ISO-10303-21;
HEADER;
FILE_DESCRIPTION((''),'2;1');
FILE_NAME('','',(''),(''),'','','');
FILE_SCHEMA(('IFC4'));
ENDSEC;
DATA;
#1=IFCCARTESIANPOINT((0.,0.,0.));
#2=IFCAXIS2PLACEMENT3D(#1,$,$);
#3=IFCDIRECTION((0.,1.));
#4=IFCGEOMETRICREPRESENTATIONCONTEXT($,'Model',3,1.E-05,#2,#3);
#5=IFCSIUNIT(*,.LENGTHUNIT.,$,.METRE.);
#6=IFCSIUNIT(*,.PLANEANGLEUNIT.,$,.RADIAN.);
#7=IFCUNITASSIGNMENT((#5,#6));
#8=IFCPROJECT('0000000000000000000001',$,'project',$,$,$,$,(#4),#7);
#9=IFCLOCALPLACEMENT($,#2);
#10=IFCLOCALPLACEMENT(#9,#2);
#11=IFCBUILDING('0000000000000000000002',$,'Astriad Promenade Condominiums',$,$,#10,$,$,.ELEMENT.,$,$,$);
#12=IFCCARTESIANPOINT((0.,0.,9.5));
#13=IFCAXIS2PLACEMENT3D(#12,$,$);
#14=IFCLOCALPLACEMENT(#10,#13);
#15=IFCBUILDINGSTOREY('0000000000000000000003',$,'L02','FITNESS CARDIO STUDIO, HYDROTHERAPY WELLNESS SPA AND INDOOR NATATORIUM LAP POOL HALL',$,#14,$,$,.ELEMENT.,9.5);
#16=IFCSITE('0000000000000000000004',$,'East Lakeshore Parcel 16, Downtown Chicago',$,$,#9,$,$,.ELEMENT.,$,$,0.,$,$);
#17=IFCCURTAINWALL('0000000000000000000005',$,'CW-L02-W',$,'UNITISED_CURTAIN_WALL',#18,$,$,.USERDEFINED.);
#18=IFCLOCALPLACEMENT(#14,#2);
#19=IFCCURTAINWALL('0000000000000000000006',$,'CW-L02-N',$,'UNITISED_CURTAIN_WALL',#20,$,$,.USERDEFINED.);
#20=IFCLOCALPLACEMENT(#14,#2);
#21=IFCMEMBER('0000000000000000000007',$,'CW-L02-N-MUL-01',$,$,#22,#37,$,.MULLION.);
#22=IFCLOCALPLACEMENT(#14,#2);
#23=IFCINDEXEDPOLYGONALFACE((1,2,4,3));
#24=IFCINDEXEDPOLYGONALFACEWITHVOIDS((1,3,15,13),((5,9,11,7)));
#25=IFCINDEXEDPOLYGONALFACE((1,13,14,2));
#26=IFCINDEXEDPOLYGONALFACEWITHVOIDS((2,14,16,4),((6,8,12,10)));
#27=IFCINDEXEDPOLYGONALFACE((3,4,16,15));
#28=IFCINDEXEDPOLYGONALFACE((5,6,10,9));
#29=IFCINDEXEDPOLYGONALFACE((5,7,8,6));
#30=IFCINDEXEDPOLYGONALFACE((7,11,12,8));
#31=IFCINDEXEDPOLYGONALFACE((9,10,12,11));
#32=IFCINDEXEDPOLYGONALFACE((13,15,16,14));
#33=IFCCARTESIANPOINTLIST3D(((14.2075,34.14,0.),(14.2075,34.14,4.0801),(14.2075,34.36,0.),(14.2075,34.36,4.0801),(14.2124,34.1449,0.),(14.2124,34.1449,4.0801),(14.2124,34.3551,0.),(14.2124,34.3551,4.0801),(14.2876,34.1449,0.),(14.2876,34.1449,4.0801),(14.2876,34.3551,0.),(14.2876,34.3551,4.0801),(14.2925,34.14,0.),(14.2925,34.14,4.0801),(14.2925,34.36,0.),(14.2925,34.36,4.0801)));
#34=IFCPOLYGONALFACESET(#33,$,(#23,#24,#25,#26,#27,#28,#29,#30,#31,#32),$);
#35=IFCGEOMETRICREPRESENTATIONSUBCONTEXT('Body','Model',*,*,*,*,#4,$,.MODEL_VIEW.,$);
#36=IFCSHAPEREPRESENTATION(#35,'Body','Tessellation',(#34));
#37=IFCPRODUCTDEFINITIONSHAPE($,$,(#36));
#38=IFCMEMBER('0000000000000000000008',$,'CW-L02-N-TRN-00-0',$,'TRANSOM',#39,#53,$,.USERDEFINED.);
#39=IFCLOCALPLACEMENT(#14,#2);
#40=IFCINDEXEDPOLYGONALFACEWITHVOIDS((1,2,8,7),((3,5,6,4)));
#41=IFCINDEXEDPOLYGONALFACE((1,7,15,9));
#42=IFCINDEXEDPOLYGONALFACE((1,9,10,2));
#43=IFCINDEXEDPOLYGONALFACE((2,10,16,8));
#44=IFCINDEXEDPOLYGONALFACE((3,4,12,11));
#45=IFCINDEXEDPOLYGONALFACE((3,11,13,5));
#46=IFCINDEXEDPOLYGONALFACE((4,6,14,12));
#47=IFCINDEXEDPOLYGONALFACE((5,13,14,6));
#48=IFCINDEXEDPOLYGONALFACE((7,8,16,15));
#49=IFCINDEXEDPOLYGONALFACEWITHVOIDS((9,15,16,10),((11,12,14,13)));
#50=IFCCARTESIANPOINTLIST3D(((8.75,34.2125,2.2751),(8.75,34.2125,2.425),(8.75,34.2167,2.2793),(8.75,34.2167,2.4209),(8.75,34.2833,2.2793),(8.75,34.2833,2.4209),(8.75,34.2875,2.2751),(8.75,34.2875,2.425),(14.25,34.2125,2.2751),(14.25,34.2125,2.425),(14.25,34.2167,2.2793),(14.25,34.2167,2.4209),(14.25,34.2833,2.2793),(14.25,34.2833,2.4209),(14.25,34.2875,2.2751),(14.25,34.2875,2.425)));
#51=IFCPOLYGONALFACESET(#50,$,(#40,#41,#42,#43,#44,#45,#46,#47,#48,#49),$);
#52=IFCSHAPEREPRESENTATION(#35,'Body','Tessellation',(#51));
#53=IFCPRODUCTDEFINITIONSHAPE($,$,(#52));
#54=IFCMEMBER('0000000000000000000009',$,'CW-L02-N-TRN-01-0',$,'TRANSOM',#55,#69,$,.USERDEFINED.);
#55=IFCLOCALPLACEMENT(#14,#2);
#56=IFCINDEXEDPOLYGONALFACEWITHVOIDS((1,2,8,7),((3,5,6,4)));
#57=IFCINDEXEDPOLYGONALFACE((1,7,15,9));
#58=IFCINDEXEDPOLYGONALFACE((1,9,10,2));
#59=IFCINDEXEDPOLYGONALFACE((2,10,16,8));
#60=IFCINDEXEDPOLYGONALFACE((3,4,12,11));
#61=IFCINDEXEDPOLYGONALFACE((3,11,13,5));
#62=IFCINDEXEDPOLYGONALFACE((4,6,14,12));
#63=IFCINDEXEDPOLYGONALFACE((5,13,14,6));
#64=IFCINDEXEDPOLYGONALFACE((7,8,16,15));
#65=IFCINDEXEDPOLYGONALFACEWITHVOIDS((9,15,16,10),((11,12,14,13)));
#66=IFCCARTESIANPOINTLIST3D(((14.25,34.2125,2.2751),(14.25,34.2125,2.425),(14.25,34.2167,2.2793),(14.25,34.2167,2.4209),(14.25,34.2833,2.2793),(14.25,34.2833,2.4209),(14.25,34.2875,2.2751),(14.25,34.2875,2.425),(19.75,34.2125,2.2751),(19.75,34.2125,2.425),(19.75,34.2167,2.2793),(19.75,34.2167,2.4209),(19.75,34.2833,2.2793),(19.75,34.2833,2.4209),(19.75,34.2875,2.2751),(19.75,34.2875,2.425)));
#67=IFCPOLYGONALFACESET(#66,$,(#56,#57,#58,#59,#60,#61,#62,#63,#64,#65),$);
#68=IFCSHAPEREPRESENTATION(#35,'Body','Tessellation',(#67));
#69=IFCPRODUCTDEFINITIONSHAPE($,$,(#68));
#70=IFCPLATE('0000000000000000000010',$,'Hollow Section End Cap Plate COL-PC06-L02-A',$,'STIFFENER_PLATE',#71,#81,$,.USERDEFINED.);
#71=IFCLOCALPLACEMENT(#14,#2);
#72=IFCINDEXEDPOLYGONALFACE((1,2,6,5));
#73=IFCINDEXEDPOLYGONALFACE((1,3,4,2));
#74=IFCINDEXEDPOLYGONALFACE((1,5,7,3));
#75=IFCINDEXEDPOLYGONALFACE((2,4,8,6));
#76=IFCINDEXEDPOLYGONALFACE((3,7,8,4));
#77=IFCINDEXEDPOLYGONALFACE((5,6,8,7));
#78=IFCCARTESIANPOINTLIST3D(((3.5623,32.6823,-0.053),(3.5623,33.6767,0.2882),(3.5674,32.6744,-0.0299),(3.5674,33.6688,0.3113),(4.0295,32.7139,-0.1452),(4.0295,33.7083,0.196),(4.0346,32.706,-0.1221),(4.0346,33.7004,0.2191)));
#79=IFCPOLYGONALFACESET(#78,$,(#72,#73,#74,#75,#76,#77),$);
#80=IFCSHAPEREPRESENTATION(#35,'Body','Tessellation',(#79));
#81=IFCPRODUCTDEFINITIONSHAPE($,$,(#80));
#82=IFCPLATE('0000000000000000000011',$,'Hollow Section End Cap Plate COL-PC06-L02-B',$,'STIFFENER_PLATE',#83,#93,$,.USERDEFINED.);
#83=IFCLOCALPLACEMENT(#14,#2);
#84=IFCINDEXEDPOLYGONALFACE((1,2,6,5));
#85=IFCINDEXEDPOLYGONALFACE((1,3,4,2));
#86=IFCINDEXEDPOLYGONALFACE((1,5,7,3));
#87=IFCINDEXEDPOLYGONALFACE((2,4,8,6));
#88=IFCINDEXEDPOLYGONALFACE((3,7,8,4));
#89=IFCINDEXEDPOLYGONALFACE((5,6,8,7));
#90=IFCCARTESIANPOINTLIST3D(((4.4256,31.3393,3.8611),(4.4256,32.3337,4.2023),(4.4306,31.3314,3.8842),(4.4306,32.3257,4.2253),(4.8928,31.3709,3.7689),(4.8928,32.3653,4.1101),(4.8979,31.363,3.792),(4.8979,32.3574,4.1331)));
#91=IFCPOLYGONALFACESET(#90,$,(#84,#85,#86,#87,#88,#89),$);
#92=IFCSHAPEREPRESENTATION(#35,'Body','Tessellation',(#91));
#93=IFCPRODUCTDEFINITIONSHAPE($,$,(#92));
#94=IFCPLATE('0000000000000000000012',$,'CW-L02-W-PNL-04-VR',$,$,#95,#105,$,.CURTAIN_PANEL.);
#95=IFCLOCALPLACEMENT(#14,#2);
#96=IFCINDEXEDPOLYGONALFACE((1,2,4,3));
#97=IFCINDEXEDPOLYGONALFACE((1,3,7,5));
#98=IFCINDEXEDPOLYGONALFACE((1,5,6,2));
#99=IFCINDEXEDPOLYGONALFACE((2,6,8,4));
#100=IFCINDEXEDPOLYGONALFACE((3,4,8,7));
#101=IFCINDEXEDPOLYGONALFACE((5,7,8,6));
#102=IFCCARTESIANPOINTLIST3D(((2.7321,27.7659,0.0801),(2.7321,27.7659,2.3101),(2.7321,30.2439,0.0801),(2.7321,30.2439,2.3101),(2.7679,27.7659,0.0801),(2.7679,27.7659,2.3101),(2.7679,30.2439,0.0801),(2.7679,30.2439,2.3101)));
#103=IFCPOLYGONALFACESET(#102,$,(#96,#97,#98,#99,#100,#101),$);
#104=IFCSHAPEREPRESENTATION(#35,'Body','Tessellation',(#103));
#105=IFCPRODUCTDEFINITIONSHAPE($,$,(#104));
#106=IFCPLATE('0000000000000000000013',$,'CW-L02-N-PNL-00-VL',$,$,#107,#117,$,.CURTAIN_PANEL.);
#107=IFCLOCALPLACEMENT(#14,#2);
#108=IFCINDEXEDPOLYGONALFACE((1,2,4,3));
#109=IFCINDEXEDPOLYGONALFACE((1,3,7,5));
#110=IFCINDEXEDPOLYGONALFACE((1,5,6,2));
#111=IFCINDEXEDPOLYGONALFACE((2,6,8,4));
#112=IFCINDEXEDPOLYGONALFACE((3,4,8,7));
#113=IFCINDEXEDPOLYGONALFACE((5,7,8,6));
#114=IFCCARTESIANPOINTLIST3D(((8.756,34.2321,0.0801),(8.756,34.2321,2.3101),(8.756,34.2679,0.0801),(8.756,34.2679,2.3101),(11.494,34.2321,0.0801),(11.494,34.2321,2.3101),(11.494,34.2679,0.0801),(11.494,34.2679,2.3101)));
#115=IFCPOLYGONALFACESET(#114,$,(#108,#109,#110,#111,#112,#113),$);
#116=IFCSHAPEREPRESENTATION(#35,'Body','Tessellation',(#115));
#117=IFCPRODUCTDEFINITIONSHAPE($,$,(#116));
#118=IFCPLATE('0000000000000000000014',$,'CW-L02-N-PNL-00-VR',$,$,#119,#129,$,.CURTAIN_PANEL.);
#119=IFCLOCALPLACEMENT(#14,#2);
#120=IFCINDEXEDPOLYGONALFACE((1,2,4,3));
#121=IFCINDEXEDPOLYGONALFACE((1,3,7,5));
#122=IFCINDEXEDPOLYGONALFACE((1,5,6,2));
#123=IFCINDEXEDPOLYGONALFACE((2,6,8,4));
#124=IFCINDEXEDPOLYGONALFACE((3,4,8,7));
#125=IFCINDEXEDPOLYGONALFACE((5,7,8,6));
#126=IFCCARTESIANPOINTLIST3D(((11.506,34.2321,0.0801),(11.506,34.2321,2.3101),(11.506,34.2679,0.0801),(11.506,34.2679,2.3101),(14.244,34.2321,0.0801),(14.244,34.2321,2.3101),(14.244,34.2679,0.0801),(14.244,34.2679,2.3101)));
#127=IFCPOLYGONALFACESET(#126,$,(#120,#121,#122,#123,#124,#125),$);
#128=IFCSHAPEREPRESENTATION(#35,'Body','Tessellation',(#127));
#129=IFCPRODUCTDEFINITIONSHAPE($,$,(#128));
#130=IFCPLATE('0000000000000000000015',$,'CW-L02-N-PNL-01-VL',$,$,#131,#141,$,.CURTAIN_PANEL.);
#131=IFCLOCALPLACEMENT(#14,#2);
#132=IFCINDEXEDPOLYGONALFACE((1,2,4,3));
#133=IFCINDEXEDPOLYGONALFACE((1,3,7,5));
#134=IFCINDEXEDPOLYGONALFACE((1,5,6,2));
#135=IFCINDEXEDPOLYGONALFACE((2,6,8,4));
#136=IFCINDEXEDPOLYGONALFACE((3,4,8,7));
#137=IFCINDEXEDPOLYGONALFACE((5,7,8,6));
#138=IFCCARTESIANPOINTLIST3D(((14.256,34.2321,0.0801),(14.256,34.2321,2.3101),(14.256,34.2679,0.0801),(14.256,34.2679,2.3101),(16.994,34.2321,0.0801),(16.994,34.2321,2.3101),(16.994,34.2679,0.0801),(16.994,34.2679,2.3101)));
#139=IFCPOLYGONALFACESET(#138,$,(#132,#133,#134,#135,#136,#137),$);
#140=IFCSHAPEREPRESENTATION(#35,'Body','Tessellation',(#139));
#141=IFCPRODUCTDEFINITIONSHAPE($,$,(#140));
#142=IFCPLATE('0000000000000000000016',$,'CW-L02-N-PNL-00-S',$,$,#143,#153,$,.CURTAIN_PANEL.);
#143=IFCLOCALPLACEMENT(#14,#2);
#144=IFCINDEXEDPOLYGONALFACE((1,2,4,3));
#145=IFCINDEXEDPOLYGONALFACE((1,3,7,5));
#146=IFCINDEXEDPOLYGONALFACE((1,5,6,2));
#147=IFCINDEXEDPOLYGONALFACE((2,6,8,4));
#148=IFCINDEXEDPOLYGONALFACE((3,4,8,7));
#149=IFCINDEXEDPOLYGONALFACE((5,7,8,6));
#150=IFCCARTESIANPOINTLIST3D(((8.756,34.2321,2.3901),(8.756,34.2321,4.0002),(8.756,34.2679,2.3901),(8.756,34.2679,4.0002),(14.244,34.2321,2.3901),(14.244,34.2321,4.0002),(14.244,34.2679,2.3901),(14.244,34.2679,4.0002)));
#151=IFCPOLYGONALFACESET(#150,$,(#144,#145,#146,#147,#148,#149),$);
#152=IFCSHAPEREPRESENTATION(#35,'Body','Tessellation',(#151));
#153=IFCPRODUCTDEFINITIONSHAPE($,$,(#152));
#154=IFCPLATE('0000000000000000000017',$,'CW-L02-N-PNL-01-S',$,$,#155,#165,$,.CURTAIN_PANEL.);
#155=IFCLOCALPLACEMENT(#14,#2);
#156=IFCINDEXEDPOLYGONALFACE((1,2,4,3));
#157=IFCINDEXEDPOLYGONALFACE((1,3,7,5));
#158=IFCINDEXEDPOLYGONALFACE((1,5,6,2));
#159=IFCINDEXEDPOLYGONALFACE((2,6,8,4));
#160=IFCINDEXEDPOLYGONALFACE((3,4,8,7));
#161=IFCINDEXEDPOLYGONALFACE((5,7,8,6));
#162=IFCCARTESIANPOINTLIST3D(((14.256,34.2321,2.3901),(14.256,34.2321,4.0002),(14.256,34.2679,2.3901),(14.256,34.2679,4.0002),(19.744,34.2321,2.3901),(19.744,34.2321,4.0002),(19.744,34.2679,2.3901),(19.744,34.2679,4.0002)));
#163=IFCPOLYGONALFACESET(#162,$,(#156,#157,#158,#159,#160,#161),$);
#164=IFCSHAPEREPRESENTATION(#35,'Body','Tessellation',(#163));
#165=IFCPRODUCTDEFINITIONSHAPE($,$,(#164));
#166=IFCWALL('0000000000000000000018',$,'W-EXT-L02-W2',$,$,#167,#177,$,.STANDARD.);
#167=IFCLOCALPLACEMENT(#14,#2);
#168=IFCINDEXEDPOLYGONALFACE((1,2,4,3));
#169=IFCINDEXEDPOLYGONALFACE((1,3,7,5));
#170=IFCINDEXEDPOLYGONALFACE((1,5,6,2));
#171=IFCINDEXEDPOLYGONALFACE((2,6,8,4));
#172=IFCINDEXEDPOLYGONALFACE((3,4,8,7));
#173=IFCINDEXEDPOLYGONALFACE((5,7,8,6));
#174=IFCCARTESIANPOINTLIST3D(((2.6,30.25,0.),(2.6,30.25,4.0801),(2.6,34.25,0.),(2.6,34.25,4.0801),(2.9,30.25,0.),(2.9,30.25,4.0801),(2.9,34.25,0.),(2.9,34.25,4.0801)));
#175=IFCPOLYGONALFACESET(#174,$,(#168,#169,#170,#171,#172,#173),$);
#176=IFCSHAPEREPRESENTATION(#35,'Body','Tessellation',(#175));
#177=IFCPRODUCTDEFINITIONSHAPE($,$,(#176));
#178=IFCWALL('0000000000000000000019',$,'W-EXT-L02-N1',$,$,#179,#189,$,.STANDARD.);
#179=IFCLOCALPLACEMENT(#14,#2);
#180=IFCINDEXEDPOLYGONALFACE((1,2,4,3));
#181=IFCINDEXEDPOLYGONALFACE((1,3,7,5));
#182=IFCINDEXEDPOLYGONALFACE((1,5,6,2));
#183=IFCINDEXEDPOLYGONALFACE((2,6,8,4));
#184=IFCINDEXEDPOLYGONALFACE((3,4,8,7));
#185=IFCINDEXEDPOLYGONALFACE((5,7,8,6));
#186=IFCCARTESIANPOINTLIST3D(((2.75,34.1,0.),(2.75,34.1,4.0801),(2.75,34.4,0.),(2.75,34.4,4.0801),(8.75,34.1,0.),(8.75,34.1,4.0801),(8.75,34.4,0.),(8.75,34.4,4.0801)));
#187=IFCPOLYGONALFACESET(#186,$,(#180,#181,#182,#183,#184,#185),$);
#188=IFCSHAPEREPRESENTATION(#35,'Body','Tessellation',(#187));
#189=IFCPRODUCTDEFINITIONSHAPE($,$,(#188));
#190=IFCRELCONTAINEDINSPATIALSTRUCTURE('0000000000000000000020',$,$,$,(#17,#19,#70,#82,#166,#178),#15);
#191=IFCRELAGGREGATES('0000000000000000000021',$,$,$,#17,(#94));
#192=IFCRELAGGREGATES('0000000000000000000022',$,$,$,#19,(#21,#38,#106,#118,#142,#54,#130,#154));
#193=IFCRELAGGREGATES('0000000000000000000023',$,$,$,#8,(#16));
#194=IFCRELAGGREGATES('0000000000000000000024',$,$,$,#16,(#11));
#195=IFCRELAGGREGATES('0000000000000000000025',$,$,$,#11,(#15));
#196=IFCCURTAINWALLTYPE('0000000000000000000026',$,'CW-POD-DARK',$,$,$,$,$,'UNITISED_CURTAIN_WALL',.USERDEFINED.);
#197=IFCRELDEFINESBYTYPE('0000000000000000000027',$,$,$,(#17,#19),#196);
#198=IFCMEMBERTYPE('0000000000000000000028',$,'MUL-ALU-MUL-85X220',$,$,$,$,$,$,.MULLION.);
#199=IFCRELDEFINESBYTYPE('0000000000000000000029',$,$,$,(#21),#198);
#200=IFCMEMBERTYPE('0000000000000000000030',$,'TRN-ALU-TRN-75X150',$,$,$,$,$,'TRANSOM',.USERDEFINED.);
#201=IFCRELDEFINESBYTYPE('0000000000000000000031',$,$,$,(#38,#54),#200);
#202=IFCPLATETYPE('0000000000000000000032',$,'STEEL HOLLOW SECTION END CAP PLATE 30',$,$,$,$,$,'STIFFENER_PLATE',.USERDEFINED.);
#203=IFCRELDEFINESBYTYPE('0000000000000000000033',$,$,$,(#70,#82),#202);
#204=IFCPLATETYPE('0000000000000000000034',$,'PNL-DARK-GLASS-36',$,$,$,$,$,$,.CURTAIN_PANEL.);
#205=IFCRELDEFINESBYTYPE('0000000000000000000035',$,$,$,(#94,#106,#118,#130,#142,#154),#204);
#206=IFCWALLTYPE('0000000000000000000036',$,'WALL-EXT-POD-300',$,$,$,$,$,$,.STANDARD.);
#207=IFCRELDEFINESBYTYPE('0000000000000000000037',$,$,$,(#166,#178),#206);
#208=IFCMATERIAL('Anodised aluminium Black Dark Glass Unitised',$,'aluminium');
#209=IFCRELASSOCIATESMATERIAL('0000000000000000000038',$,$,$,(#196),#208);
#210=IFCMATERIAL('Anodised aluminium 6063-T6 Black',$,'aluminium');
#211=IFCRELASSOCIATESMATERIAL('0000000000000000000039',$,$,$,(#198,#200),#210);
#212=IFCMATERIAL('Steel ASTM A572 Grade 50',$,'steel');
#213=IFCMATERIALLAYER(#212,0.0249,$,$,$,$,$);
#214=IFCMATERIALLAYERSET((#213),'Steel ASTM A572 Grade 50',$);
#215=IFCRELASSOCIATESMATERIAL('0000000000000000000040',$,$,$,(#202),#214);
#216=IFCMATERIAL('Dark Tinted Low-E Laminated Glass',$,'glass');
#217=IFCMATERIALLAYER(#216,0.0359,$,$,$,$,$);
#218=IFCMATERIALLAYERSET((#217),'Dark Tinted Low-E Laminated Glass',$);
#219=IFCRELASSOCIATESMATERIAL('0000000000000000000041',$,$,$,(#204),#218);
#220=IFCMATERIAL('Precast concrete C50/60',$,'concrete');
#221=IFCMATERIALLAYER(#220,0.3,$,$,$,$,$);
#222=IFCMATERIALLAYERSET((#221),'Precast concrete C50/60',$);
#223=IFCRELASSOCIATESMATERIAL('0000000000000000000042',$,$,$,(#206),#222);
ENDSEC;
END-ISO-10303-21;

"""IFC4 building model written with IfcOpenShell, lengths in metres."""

from ifc_helpers import new_model, si_unit, direction, frame, frame_2d, origin, origin_2d, place, context, subcontext, project, spatial, rectangle, hollow_rectangle, extrude, source, transform, mapped, material, layer, layer_set, material_profile, profile_set, type_object, type_shapes, element, aggregate, save


model = new_model("IFC4")

# Units and contexts
model_context = context("Model", 3, precision=1e-05, world=origin(), true_north=direction((0.0, 1.0)))
body_context = subcontext(model_context, "Body", "Model", "MODEL_VIEW")
ifc_project = project(units=[si_unit("LENGTHUNIT", "METRE"), si_unit("PLANEANGLEUNIT", "RADIAN")], contexts=[model_context])

# Site, building, storey
site_placement = place(None, origin())
site = spatial("IfcSite", under=ifc_project, at=site_placement, Name="East Lakeshore Parcel 16, Downtown Chicago", CompositionType="ELEMENT", RefElevation=0.0)
building_placement = place(site_placement, origin())
building = spatial("IfcBuilding", under=site, at=building_placement, Name="Astriad Promenade Condominiums", CompositionType="ELEMENT")
storey_placement = place(building_placement, frame((0.0, 0.0, 9.5)))
storey = spatial("IfcBuildingStorey", under=building, at=storey_placement, Name="L02", Description="FITNESS CARDIO STUDIO, HYDROTHERAPY WELLNESS SPA AND INDOOR NATATORIUM LAP POOL HALL", CompositionType="ELEMENT", Elevation=9.5)

# Curtain wall
ifc_material_1 = material(Name="Anodised aluminium Black Dark Glass Unitised", Category="aluminium")
curtain_wall_type = type_object("IfcCurtainWallType", Name="CW-POD-DARK", ElementType="UNITISED_CURTAIN_WALL", PredefinedType="USERDEFINED", material=ifc_material_1)
curtain_wall_1_placement = place(storey_placement, origin())
curtain_wall_1 = element("IfcCurtainWall", 1, at=curtain_wall_1_placement, inside=storey, type_object=curtain_wall_type, Name="CW-L02-W", ObjectType="UNITISED_CURTAIN_WALL", PredefinedType="USERDEFINED")
ifc_material_2 = material(Name="Anodised aluminium 6063-T6 Black", Category="aluminium")
ifc_material_profile_1 = material_profile(ifc_material_2, hollow_rectangle(XDim=0.085, YDim=0.22, WallThickness=0.0049, at=origin_2d()), Name="ALU-MUL-85X220")
ifc_profile_set_1 = profile_set([ifc_material_profile_1], Name="Anodised aluminium 6063-T6 Black")
member_type_1 = type_object("IfcMemberType", Name="MUL-ALU-MUL-85X220", PredefinedType="MULLION", material=ifc_profile_set_1)
shared_shape_1 = source(origin(), body_context, "Body", "SweptSolid", [
    extrude(hollow_rectangle(XDim=0.085, YDim=0.22, WallThickness=0.0049, at=origin_2d()), origin(), (0.0, 0.0, 1.0), 4.0801),
])
type_shapes(member_type_1, [shared_shape_1])

# Curtain wall, members
curtain_wall_2_placement = place(storey_placement, origin())
curtain_wall_2 = element("IfcCurtainWall", 2, at=curtain_wall_2_placement, inside=storey, type_object=curtain_wall_type, Name="CW-L02-N", ObjectType="UNITISED_CURTAIN_WALL", PredefinedType="USERDEFINED")
member_1_placement = place(storey_placement, frame((14.25, 34.25, 0.0), z_axis=(0.0, 0.0, 1.0), x_axis=(1.0, 0.0, 0.0)))
member_1 = element("IfcMember", 3, at=member_1_placement, type_object=member_type_1, Name="CW-L02-N-MUL-01", PredefinedType="MULLION", context=body_context, shape_type="MappedRepresentation", body=[
    mapped(shared_shape_1, transform((0.0, 0.0, 0.0), scale=1.0)),
])
ifc_material_profile_2 = material_profile(ifc_material_2, hollow_rectangle(XDim=0.075, YDim=0.1499, WallThickness=0.0042, at=origin_2d()), Name="ALU-TRN-75X150")
ifc_profile_set_2 = profile_set([ifc_material_profile_2], Name="Anodised aluminium 6063-T6 Black")
member_type_2 = type_object("IfcMemberType", Name="TRN-ALU-TRN-75X150", ElementType="TRANSOM", PredefinedType="USERDEFINED", material=ifc_profile_set_2)
shared_shape_2 = source(origin(), body_context, "Body", "SweptSolid", [
    extrude(hollow_rectangle(XDim=0.075, YDim=0.1499, WallThickness=0.0042, at=origin_2d()), origin(), (0.0, 0.0, 1.0), 5.5),
])
type_shapes(member_type_2, [shared_shape_2])
member_2_placement = place(storey_placement, frame((8.75, 34.25, 2.3501), z_axis=(1.0, 0.0, 0.0), x_axis=(0.0, 1.0, 0.0)))
member_2 = element("IfcMember", 4, at=member_2_placement, type_object=member_type_2, Name="CW-L02-N-TRN-00-0", ObjectType="TRANSOM", PredefinedType="USERDEFINED", context=body_context, shape_type="MappedRepresentation", body=[
    mapped(shared_shape_2, transform((0.0, 0.0, 0.0), scale=1.0)),
])
member_3_placement = place(storey_placement, frame((14.25, 34.25, 2.3501), z_axis=(1.0, 0.0, 0.0), x_axis=(0.0, 1.0, 0.0)))
member_3 = element("IfcMember", 5, at=member_3_placement, type_object=member_type_2, Name="CW-L02-N-TRN-01-0", ObjectType="TRANSOM", PredefinedType="USERDEFINED", context=body_context, shape_type="MappedRepresentation", body=[
    mapped(shared_shape_2, transform((0.0, 0.0, 0.0), scale=1.0)),
])

# Plates
ifc_material_3 = material(Name="Steel ASTM A572 Grade 50", Category="steel")
ifc_layer_1 = layer(ifc_material_3, 0.0249)
ifc_layer_set_1 = layer_set([ifc_layer_1], Name="Steel ASTM A572 Grade 50")
plate_type_1 = type_object("IfcPlateType", Name="STEEL HOLLOW SECTION END CAP PLATE 30", ElementType="STIFFENER_PLATE", PredefinedType="USERDEFINED", material=ifc_layer_set_1)
shared_shape_3 = source(origin(), body_context, "Body", "SweptSolid", [
    extrude(rectangle(XDim=0.4773, YDim=1.0513, at=origin_2d()), origin(), (0.0, 0.0, 1.0), 0.0249),
])
type_shapes(plate_type_1, [shared_shape_3])
for number, where, z_axis, x_axis, name in (
    (6, (3.7959, 33.1953, 0.0715), (0.204235, -0.317704, 0.925933), (1.0, 0.0, 0.0), "Hollow Section End Cap Plate COL-PC06-L02-A"),
    (7, (4.6592, 31.8523, 3.9856), (0.204235, -0.317704, 0.925933), (1.0, 0.0, 0.0), "Hollow Section End Cap Plate COL-PC06-L02-B"),
):
    element("IfcPlate", number, at=place(storey_placement, frame(where, z_axis=z_axis, x_axis=x_axis)), inside=storey, type_object=plate_type_1, Name=name, ObjectType="STIFFENER_PLATE", PredefinedType="USERDEFINED", context=body_context, shape_type="MappedRepresentation", body=[
        mapped(shared_shape_3, transform((0.0, 0.0, 0.0), scale=1.0)),
    ])

# Plates
ifc_material_4 = material(Name="Dark Tinted Low-E Laminated Glass", Category="glass")
ifc_layer_2 = layer(ifc_material_4, 0.0359)
ifc_layer_set_2 = layer_set([ifc_layer_2], Name="Dark Tinted Low-E Laminated Glass")
plate_type_2 = type_object("IfcPlateType", Name="PNL-DARK-GLASS-36", PredefinedType="CURTAIN_PANEL", material=ifc_layer_set_2)
shared_shape_4 = source(origin(), body_context, "Body", "SweptSolid", [
    extrude(rectangle(XDim=2.478, YDim=0.0359, at=origin_2d()), origin(), (0.0, 0.0, 1.0), 2.23),
])
plate_1_placement = place(storey_placement, frame((2.75, 29.0049, 0.0801), z_axis=(0.0, 0.0, 1.0), x_axis=(0.0, 1.0, 0.0)))
plate_1 = element("IfcPlate", 8, at=plate_1_placement, type_object=plate_type_2, Name="CW-L02-W-PNL-04-VR", PredefinedType="CURTAIN_PANEL", context=body_context, shape_type="MappedRepresentation", body=[
    mapped(shared_shape_4, transform((0.0, 0.0, 0.0), scale=1.0)),
])
aggregate(curtain_wall_1, [plate_1])
shared_shape_5 = source(origin(), body_context, "Body", "SweptSolid", [
    extrude(rectangle(XDim=2.738, YDim=0.0359, at=origin_2d()), origin(), (0.0, 0.0, 1.0), 2.23),
])
plate_2_placement = place(storey_placement, frame((10.125, 34.25, 0.0801), z_axis=(0.0, 0.0, 1.0), x_axis=(1.0, 0.0, 0.0)))
plate_2 = element("IfcPlate", 9, at=plate_2_placement, type_object=plate_type_2, Name="CW-L02-N-PNL-00-VL", PredefinedType="CURTAIN_PANEL", context=body_context, shape_type="MappedRepresentation", body=[
    mapped(shared_shape_5, transform((0.0, 0.0, 0.0), scale=1.0)),
])
plate_3_placement = place(storey_placement, frame((12.875, 34.25, 0.0801), z_axis=(0.0, 0.0, 1.0), x_axis=(1.0, 0.0, 0.0)))
plate_3 = element("IfcPlate", 10, at=plate_3_placement, type_object=plate_type_2, Name="CW-L02-N-PNL-00-VR", PredefinedType="CURTAIN_PANEL", context=body_context, shape_type="MappedRepresentation", body=[
    mapped(shared_shape_5, transform((0.0, 0.0, 0.0), scale=1.0)),
])
plate_4_placement = place(storey_placement, frame((15.625, 34.25, 0.0801), z_axis=(0.0, 0.0, 1.0), x_axis=(1.0, 0.0, 0.0)))
plate_4 = element("IfcPlate", 11, at=plate_4_placement, type_object=plate_type_2, Name="CW-L02-N-PNL-01-VL", PredefinedType="CURTAIN_PANEL", context=body_context, shape_type="MappedRepresentation", body=[
    mapped(shared_shape_5, transform((0.0, 0.0, 0.0), scale=1.0)),
])
shared_shape_6 = source(origin(), body_context, "Body", "SweptSolid", [
    extrude(rectangle(XDim=5.488, YDim=0.0359, at=origin_2d()), origin(), (0.0, 0.0, 1.0), 1.6101),
])
type_shapes(plate_type_2, [shared_shape_4, shared_shape_5, shared_shape_6])
plate_5_placement = place(storey_placement, frame((11.5, 34.25, 2.3901), z_axis=(0.0, 0.0, 1.0), x_axis=(1.0, 0.0, 0.0)))
plate_5 = element("IfcPlate", 12, at=plate_5_placement, type_object=plate_type_2, Name="CW-L02-N-PNL-00-S", PredefinedType="CURTAIN_PANEL", context=body_context, shape_type="MappedRepresentation", body=[
    mapped(shared_shape_6, transform((0.0, 0.0, 0.0), scale=1.0)),
])
plate_6_placement = place(storey_placement, frame((17.0, 34.25, 2.3901), z_axis=(0.0, 0.0, 1.0), x_axis=(1.0, 0.0, 0.0)))
plate_6 = element("IfcPlate", 13, at=plate_6_placement, type_object=plate_type_2, Name="CW-L02-N-PNL-01-S", PredefinedType="CURTAIN_PANEL", context=body_context, shape_type="MappedRepresentation", body=[
    mapped(shared_shape_6, transform((0.0, 0.0, 0.0), scale=1.0)),
])
aggregate(curtain_wall_2, [member_1, member_2, plate_2, plate_3, plate_5, member_3, plate_4, plate_6])

# Walls
ifc_material_5 = material(Name="Precast concrete C50/60", Category="concrete")
ifc_layer_3 = layer(ifc_material_5, 0.3)
ifc_layer_set_3 = layer_set([ifc_layer_3], Name="Precast concrete C50/60")
wall_type_1 = type_object("IfcWallType", Name="WALL-EXT-POD-300", PredefinedType="STANDARD", material=ifc_layer_set_3)
wall_1_placement = place(storey_placement, frame((2.75, 30.25, 0.0), z_axis=(0.0, 0.0, 1.0), x_axis=(0.0, 1.0, 0.0)))
element("IfcWall", 14, at=wall_1_placement, inside=storey, type_object=wall_type_1, Name="W-EXT-L02-W2", PredefinedType="STANDARD", context=body_context, shape_type="SweptSolid", body=[
    extrude(rectangle(XDim=4.0, YDim=0.3, at=frame_2d((2.0, 0.0))), origin(), (0.0, 0.0, 1.0), 4.0801),
])
wall_2_placement = place(storey_placement, frame((2.75, 34.25, 0.0), z_axis=(0.0, 0.0, 1.0), x_axis=(1.0, 0.0, 0.0)))
element("IfcWall", 15, at=wall_2_placement, inside=storey, type_object=wall_type_1, Name="W-EXT-L02-N1", PredefinedType="STANDARD", context=body_context, shape_type="SweptSolid", body=[
    extrude(rectangle(XDim=6.0, YDim=0.3, at=frame_2d((3.0, 0.0))), origin(), (0.0, 0.0, 1.0), 4.0801),
])

save(model, "model.ifc")
